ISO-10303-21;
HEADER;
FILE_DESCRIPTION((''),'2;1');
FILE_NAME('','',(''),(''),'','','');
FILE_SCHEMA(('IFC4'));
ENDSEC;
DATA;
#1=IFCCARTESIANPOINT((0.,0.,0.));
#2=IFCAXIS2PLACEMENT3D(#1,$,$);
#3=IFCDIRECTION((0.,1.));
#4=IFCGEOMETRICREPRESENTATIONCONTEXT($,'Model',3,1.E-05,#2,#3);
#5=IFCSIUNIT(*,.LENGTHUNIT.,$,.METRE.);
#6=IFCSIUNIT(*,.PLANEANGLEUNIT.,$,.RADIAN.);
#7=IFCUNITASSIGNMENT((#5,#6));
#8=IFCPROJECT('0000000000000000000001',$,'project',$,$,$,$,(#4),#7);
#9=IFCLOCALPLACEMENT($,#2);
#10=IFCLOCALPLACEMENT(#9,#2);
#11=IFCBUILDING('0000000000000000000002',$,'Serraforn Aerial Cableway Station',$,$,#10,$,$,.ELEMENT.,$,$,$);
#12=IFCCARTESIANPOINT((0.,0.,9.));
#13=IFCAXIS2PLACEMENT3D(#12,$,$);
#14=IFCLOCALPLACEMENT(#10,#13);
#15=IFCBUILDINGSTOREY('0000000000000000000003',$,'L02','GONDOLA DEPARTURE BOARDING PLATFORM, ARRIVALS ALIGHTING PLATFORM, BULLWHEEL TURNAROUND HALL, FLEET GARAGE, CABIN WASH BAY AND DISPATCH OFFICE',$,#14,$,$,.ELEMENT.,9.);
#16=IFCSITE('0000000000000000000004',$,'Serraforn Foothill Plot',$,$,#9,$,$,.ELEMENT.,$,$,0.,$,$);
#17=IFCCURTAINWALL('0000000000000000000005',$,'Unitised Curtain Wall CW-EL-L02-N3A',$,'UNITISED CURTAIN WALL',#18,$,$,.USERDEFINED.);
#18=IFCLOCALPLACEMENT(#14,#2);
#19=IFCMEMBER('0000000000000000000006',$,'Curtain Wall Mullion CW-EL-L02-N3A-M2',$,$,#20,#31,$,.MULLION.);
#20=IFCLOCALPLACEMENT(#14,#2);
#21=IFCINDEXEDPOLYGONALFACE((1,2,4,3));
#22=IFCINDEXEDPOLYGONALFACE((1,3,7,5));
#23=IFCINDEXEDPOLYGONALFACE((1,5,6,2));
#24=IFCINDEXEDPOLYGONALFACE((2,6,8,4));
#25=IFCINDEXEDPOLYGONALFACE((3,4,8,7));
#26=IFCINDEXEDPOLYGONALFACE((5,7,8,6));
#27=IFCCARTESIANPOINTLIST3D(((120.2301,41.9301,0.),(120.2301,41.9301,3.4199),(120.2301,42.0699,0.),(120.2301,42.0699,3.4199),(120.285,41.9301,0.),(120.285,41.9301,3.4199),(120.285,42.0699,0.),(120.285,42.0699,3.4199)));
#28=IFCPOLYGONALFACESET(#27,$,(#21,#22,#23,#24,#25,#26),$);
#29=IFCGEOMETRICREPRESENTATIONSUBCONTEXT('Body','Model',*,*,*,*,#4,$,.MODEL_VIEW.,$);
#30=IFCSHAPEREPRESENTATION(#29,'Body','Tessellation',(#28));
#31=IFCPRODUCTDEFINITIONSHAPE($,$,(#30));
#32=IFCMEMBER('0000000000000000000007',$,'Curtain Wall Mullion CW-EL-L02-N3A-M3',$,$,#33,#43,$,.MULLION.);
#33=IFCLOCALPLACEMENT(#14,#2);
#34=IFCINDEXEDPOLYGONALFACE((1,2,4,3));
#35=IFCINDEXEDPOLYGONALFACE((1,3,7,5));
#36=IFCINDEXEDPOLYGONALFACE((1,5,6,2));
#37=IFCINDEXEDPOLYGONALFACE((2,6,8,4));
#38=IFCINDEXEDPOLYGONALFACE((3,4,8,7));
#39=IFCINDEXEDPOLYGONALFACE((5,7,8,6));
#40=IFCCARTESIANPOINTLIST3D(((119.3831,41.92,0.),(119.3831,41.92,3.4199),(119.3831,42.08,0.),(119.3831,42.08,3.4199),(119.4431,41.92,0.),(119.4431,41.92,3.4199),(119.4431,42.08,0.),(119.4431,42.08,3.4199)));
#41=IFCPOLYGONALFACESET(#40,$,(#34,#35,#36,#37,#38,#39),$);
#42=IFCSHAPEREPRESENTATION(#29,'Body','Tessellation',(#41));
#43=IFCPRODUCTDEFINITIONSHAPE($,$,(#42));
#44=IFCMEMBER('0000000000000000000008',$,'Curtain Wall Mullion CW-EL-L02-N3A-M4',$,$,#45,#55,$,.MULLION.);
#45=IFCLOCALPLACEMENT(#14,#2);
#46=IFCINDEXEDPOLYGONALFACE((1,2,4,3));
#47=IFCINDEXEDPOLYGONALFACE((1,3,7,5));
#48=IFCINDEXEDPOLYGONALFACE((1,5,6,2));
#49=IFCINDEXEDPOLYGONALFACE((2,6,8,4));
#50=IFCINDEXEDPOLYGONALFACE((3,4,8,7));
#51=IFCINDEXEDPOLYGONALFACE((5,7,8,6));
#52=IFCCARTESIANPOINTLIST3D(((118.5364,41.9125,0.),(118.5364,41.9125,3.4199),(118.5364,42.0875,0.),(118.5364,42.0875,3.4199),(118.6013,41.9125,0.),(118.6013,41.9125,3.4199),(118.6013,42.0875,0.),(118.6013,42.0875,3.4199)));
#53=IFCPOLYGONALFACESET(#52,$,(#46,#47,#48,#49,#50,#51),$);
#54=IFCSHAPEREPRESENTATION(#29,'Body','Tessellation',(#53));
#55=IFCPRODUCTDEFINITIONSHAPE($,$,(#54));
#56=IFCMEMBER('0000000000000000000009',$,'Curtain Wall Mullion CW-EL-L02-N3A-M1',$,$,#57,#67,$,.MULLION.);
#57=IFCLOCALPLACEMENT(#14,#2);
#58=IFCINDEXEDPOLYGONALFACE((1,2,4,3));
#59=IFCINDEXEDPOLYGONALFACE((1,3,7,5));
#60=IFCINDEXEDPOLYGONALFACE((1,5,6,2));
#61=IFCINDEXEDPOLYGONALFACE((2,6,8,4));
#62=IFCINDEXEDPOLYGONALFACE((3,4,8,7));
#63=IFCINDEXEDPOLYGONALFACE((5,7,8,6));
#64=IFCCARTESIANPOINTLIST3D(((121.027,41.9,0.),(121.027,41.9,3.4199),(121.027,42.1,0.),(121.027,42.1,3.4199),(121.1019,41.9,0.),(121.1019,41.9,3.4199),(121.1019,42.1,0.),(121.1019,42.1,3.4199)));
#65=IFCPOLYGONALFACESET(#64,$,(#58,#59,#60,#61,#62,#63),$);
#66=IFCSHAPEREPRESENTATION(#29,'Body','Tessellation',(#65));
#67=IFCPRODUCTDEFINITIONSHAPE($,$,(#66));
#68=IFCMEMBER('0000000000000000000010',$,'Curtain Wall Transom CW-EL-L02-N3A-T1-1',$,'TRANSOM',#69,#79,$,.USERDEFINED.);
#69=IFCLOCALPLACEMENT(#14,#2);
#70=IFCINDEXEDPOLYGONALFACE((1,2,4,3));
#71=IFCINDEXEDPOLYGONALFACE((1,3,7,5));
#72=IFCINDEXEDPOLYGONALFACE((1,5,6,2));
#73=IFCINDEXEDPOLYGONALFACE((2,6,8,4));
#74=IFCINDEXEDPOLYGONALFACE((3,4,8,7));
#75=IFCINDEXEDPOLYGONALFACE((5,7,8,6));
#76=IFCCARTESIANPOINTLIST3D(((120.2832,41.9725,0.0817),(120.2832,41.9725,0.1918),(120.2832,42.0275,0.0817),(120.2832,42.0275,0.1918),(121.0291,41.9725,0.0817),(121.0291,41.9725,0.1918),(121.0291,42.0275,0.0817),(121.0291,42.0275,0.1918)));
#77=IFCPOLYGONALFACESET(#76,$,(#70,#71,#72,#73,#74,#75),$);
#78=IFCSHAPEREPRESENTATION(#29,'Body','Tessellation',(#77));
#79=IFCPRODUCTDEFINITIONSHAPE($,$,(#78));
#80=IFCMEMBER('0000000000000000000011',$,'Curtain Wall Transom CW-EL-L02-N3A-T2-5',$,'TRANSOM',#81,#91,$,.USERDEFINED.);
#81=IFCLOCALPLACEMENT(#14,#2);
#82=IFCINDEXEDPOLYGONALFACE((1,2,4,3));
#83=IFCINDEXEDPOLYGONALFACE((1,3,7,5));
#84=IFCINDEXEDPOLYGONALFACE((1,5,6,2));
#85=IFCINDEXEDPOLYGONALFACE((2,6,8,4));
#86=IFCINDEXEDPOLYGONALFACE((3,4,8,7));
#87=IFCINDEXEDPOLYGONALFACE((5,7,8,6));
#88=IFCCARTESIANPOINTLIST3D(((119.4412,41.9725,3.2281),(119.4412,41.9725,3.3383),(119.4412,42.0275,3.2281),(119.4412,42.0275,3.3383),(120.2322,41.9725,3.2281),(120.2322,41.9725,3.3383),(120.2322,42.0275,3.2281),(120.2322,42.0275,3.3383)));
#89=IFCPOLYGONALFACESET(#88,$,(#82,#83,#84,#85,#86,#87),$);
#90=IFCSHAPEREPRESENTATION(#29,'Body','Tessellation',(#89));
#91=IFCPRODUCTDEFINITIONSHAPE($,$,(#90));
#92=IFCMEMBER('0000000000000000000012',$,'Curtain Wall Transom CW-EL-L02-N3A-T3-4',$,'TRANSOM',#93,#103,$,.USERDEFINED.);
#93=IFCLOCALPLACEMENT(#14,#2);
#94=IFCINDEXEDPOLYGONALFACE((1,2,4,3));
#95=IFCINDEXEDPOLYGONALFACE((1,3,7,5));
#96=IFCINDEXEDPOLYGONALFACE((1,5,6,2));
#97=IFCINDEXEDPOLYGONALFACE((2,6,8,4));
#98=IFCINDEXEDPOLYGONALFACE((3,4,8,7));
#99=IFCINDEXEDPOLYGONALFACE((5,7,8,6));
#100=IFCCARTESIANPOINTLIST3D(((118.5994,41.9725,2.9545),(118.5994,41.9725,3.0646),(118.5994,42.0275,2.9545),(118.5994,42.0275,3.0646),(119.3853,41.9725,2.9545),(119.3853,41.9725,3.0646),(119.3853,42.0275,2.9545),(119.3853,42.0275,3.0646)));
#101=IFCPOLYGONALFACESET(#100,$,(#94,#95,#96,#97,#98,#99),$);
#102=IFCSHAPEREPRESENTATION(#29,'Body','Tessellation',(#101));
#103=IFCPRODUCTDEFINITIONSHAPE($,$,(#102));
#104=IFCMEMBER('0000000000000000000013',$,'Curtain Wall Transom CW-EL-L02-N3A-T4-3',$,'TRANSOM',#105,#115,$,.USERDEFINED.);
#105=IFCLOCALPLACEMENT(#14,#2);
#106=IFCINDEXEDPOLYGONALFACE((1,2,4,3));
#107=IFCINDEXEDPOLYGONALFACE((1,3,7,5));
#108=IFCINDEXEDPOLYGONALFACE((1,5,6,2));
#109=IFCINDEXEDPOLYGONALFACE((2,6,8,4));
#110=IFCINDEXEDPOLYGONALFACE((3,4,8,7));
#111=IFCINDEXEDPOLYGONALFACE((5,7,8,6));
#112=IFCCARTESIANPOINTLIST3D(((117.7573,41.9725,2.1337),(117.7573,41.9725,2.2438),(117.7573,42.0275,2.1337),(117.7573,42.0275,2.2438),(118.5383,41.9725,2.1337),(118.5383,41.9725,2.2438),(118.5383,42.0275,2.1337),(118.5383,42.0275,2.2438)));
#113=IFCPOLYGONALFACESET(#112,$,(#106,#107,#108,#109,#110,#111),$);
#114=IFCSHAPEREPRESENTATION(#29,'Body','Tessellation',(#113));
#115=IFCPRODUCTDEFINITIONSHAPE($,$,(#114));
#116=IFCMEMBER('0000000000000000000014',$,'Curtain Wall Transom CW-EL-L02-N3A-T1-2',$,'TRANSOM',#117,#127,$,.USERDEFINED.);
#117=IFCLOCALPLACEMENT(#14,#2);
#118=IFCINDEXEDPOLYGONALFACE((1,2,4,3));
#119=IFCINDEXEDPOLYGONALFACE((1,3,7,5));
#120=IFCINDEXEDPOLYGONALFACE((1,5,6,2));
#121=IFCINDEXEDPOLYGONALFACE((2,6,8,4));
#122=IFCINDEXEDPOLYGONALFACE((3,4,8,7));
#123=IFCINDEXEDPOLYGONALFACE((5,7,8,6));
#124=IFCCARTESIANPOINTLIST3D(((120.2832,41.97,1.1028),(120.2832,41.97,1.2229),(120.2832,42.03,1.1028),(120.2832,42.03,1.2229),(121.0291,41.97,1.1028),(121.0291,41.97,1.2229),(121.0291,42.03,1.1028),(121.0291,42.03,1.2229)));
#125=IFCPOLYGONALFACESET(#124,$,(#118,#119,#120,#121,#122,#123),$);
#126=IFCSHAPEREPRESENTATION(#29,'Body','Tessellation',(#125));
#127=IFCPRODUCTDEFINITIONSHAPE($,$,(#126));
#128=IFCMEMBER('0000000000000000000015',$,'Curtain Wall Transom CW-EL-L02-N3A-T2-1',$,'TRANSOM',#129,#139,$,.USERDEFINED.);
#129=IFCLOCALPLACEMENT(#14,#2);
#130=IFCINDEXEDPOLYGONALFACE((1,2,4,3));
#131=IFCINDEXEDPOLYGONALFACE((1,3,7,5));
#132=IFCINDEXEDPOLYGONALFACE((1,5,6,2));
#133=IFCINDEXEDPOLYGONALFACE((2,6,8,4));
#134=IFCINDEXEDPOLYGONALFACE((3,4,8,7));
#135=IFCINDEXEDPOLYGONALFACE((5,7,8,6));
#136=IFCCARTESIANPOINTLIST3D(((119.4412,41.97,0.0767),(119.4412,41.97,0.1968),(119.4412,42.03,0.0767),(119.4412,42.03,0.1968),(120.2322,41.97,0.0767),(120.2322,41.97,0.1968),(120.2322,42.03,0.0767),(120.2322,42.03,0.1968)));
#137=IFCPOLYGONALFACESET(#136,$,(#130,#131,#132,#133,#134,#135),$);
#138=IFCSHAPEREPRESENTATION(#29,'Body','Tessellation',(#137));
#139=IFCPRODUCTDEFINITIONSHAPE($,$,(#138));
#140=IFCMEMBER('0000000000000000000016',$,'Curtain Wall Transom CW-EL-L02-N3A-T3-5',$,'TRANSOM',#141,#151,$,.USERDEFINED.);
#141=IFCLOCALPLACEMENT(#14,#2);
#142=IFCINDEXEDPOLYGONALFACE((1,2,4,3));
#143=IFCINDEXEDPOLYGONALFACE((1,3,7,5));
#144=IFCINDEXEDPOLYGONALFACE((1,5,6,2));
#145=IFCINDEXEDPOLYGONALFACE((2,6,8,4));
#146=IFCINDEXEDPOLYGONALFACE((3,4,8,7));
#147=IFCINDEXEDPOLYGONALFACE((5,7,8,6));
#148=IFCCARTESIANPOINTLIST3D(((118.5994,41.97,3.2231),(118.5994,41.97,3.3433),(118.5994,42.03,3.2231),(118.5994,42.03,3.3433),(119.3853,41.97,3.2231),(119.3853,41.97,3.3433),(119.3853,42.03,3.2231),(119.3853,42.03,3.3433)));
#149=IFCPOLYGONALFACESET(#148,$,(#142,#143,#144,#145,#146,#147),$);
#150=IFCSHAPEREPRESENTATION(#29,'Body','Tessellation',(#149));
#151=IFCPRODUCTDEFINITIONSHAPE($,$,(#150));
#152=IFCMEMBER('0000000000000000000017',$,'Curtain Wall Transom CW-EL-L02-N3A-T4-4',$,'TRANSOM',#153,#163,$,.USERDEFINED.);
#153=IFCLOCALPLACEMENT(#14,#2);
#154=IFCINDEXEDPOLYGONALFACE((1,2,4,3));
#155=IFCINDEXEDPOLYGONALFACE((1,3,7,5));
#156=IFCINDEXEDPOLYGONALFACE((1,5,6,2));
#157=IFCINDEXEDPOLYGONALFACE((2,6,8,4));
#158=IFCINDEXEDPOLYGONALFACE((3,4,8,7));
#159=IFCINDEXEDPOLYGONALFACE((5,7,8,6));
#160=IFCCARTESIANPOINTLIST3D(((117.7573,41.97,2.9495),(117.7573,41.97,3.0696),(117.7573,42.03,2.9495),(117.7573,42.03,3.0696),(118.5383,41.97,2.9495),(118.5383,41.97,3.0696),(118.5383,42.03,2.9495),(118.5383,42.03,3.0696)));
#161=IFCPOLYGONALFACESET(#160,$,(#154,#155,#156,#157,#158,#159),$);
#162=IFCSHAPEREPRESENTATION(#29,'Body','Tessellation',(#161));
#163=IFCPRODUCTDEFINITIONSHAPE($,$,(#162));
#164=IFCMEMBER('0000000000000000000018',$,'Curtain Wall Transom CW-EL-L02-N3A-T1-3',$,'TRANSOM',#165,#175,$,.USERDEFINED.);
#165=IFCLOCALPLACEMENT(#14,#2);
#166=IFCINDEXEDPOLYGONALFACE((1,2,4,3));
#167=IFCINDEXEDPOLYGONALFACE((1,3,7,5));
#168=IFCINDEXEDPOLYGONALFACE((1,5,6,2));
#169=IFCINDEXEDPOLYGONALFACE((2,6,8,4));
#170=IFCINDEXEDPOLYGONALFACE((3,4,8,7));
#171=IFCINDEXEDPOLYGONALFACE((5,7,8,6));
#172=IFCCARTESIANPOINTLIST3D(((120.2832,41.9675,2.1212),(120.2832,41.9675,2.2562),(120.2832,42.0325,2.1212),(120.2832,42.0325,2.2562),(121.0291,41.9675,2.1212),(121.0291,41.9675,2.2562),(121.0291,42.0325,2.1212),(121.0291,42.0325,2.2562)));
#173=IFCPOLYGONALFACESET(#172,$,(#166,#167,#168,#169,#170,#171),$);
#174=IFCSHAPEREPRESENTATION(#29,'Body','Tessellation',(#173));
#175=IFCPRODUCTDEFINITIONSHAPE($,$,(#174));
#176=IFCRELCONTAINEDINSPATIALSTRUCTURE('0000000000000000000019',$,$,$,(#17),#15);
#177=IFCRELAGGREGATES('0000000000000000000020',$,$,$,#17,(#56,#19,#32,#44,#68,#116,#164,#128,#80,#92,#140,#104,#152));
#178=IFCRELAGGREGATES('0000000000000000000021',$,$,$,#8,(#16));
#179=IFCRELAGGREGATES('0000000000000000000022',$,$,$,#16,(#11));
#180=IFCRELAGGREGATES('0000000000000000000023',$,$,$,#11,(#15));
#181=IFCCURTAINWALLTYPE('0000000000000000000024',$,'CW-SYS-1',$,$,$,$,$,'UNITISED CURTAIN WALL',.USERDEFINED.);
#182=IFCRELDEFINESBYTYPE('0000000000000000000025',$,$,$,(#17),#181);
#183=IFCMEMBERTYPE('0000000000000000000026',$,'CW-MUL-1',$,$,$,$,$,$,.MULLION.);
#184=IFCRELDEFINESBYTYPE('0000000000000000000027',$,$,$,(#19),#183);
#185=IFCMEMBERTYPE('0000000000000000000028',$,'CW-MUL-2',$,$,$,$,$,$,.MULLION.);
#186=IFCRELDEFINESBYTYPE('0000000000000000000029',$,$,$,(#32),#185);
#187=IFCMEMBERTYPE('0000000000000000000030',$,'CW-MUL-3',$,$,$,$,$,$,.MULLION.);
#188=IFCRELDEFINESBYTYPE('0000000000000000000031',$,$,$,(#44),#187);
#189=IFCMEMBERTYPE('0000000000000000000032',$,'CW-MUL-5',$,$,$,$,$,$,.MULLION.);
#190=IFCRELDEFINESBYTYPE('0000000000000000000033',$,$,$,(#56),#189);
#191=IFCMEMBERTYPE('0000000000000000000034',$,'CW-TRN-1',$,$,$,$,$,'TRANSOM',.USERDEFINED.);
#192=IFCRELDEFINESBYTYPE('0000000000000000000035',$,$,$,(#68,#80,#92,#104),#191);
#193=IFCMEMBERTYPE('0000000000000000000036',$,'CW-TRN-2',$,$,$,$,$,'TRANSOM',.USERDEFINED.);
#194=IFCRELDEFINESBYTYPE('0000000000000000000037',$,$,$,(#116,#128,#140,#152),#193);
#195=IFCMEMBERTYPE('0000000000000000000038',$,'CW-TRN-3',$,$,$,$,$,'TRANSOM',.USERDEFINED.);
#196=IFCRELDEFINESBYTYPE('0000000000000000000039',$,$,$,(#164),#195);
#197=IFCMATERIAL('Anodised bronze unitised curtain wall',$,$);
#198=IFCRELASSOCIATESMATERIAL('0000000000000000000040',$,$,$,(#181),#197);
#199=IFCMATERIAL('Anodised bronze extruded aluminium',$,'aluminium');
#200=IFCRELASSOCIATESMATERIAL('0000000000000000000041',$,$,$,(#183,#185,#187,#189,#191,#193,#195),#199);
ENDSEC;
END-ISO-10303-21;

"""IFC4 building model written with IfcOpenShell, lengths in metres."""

from ifc_helpers import new_model, si_unit, direction, frame, origin, origin_2d, place, context, subcontext, project, spatial, rectangle, extrude, material, material_profile, profile_set, type_object, element, aggregate, save


model = new_model("IFC4")

# Units and contexts
model_context = context("Model", 3, precision=1e-05, world=origin(), true_north=direction((0.0, 1.0)))
body_context = subcontext(model_context, "Body", "Model", "MODEL_VIEW")
ifc_project = project(units=[si_unit("LENGTHUNIT", "METRE"), si_unit("PLANEANGLEUNIT", "RADIAN")], contexts=[model_context])

# Site, building, storey
site_placement = place(None, origin())
site = spatial("IfcSite", under=ifc_project, at=site_placement, Name="Serraforn Foothill Plot", CompositionType="ELEMENT", RefElevation=0.0)
building_placement = place(site_placement, origin())
building = spatial("IfcBuilding", under=site, at=building_placement, Name="Serraforn Aerial Cableway Station", CompositionType="ELEMENT")
storey_placement = place(building_placement, frame((0.0, 0.0, 9.0)))
storey = spatial("IfcBuildingStorey", under=building, at=storey_placement, Name="L02", Description="GONDOLA DEPARTURE BOARDING PLATFORM, ARRIVALS ALIGHTING PLATFORM, BULLWHEEL TURNAROUND HALL, FLEET GARAGE, CABIN WASH BAY AND DISPATCH OFFICE", CompositionType="ELEMENT", Elevation=9.0)

# Curtain wall, members
ifc_material_1 = material(Name="Anodised bronze unitised curtain wall")
curtain_wall_type = type_object("IfcCurtainWallType", Name="CW-SYS-1", ElementType="UNITISED CURTAIN WALL", PredefinedType="USERDEFINED", material=ifc_material_1)
curtain_wall_placement = place(storey_placement, origin())
curtain_wall = element("IfcCurtainWall", 1, at=curtain_wall_placement, inside=storey, type_object=curtain_wall_type, Name="Unitised Curtain Wall CW-EL-L02-N3A", ObjectType="UNITISED CURTAIN WALL", PredefinedType="USERDEFINED")
ifc_material_2 = material(Name="Anodised bronze extruded aluminium", Category="aluminium")
ifc_material_profile_1 = material_profile(ifc_material_2, rectangle(XDim=0.0549, YDim=0.1399, at=origin_2d()), Name="CW MULLION 55x140")
ifc_profile_set_1 = profile_set([ifc_material_profile_1], Name="Anodised bronze extruded aluminium")
member_type_1 = type_object("IfcMemberType", Name="CW-MUL-1", PredefinedType="MULLION", material=ifc_profile_set_1)
member_1_placement = place(storey_placement, frame((120.2576, 42.0, 0.0), z_axis=(0.0, 0.0, 1.0), x_axis=(-1.0, 0.0, 0.0)))
member_1 = element("IfcMember", 2, at=member_1_placement, type_object=member_type_1, Name="Curtain Wall Mullion CW-EL-L02-N3A-M2", PredefinedType="MULLION", context=body_context, shape_type="SweptSolid", body=[
    extrude(rectangle(XDim=0.0549, YDim=0.1399, at=origin_2d()), origin(), (0.0, 0.0, 1.0), 3.4199),
])
ifc_material_profile_2 = material_profile(ifc_material_2, rectangle(XDim=0.0601, YDim=0.1599, at=origin_2d()), Name="CW MULLION 60x160")
ifc_profile_set_2 = profile_set([ifc_material_profile_2], Name="Anodised bronze extruded aluminium")
member_type_2 = type_object("IfcMemberType", Name="CW-MUL-2", PredefinedType="MULLION", material=ifc_profile_set_2)
member_2_placement = place(storey_placement, frame((119.4131, 42.0, 0.0), z_axis=(0.0, 0.0, 1.0), x_axis=(-1.0, 0.0, 0.0)))
member_2 = element("IfcMember", 3, at=member_2_placement, type_object=member_type_2, Name="Curtain Wall Mullion CW-EL-L02-N3A-M3", PredefinedType="MULLION", context=body_context, shape_type="SweptSolid", body=[
    extrude(rectangle(XDim=0.0601, YDim=0.1599, at=origin_2d()), origin(), (0.0, 0.0, 1.0), 3.4199),
])
ifc_material_profile_3 = material_profile(ifc_material_2, rectangle(XDim=0.0649, YDim=0.175, at=origin_2d()), Name="CW MULLION 65x175")
ifc_profile_set_3 = profile_set([ifc_material_profile_3], Name="Anodised bronze extruded aluminium")
member_type_3 = type_object("IfcMemberType", Name="CW-MUL-3", PredefinedType="MULLION", material=ifc_profile_set_3)
member_3_placement = place(storey_placement, frame((118.5688, 42.0, 0.0), z_axis=(0.0, 0.0, 1.0), x_axis=(-1.0, 0.0, 0.0)))
member_3 = element("IfcMember", 4, at=member_3_placement, type_object=member_type_3, Name="Curtain Wall Mullion CW-EL-L02-N3A-M4", PredefinedType="MULLION", context=body_context, shape_type="SweptSolid", body=[
    extrude(rectangle(XDim=0.0649, YDim=0.175, at=origin_2d()), origin(), (0.0, 0.0, 1.0), 3.4199),
])
ifc_material_profile_4 = material_profile(ifc_material_2, rectangle(XDim=0.075, YDim=0.2, at=origin_2d()), Name="CW MULLION 75x200")
ifc_profile_set_4 = profile_set([ifc_material_profile_4], Name="Anodised bronze extruded aluminium")
member_type_4 = type_object("IfcMemberType", Name="CW-MUL-5", PredefinedType="MULLION", material=ifc_profile_set_4)
member_4_placement = place(storey_placement, frame((121.0645, 42.0, 0.0), z_axis=(0.0, 0.0, 1.0), x_axis=(-1.0, 0.0, 0.0)))
member_4 = element("IfcMember", 5, at=member_4_placement, type_object=member_type_4, Name="Curtain Wall Mullion CW-EL-L02-N3A-M1", PredefinedType="MULLION", context=body_context, shape_type="SweptSolid", body=[
    extrude(rectangle(XDim=0.075, YDim=0.2, at=origin_2d()), origin(), (0.0, 0.0, 1.0), 3.4199),
])
ifc_material_profile_5 = material_profile(ifc_material_2, rectangle(XDim=0.0549, YDim=0.1101, at=origin_2d()), Name="CW TRANSOM 55x110")
ifc_profile_set_5 = profile_set([ifc_material_profile_5], Name="Anodised bronze extruded aluminium")
member_type_5 = type_object("IfcMemberType", Name="CW-TRN-1", ElementType="TRANSOM", PredefinedType="USERDEFINED", material=ifc_profile_set_5)
member_5_placement = place(storey_placement, frame((121.0291, 42.0, 0.1367), z_axis=(-1.0, 0.0, 0.0), x_axis=(0.0, -1.0, 0.0)))
member_5 = element("IfcMember", 6, at=member_5_placement, type_object=member_type_5, Name="Curtain Wall Transom CW-EL-L02-N3A-T1-1", ObjectType="TRANSOM", PredefinedType="USERDEFINED", context=body_context, shape_type="SweptSolid", body=[
    extrude(rectangle(XDim=0.0549, YDim=0.1101, at=origin_2d()), origin(), (0.0, 0.0, 1.0), 0.7458),
])
member_6_placement = place(storey_placement, frame((120.2322, 42.0, 3.2832), z_axis=(-1.0, 0.0, 0.0), x_axis=(0.0, -1.0, 0.0)))
member_6 = element("IfcMember", 7, at=member_6_placement, type_object=member_type_5, Name="Curtain Wall Transom CW-EL-L02-N3A-T2-5", ObjectType="TRANSOM", PredefinedType="USERDEFINED", context=body_context, shape_type="SweptSolid", body=[
    extrude(rectangle(XDim=0.0549, YDim=0.1101, at=origin_2d()), origin(), (0.0, 0.0, 1.0), 0.791),
])
member_7_placement = place(storey_placement, frame((119.3853, 42.0, 3.0095), z_axis=(-1.0, 0.0, 0.0), x_axis=(0.0, -1.0, 0.0)))
member_7 = element("IfcMember", 8, at=member_7_placement, type_object=member_type_5, Name="Curtain Wall Transom CW-EL-L02-N3A-T3-4", ObjectType="TRANSOM", PredefinedType="USERDEFINED", context=body_context, shape_type="SweptSolid", body=[
    extrude(rectangle(XDim=0.0549, YDim=0.1101, at=origin_2d()), origin(), (0.0, 0.0, 1.0), 0.7859),
])
member_8_placement = place(storey_placement, frame((118.5383, 42.0, 2.1887), z_axis=(-1.0, 0.0, 0.0), x_axis=(0.0, -1.0, 0.0)))
member_8 = element("IfcMember", 9, at=member_8_placement, type_object=member_type_5, Name="Curtain Wall Transom CW-EL-L02-N3A-T4-3", ObjectType="TRANSOM", PredefinedType="USERDEFINED", context=body_context, shape_type="SweptSolid", body=[
    extrude(rectangle(XDim=0.0549, YDim=0.1101, at=origin_2d()), origin(), (0.0, 0.0, 1.0), 0.781),
])
ifc_material_profile_6 = material_profile(ifc_material_2, rectangle(XDim=0.0601, YDim=0.1201, at=origin_2d()), Name="CW TRANSOM 60x120")
ifc_profile_set_6 = profile_set([ifc_material_profile_6], Name="Anodised bronze extruded aluminium")
member_type_6 = type_object("IfcMemberType", Name="CW-TRN-2", ElementType="TRANSOM", PredefinedType="USERDEFINED", material=ifc_profile_set_6)
member_9_placement = place(storey_placement, frame((121.0291, 42.0, 1.1628), z_axis=(-1.0, 0.0, 0.0), x_axis=(0.0, -1.0, 0.0)))
member_9 = element("IfcMember", 10, at=member_9_placement, type_object=member_type_6, Name="Curtain Wall Transom CW-EL-L02-N3A-T1-2", ObjectType="TRANSOM", PredefinedType="USERDEFINED", context=body_context, shape_type="SweptSolid", body=[
    extrude(rectangle(XDim=0.0601, YDim=0.1201, at=origin_2d()), origin(), (0.0, 0.0, 1.0), 0.7458),
])
member_10_placement = place(storey_placement, frame((120.2322, 42.0, 0.1367), z_axis=(-1.0, 0.0, 0.0), x_axis=(0.0, -1.0, 0.0)))
member_10 = element("IfcMember", 11, at=member_10_placement, type_object=member_type_6, Name="Curtain Wall Transom CW-EL-L02-N3A-T2-1", ObjectType="TRANSOM", PredefinedType="USERDEFINED", context=body_context, shape_type="SweptSolid", body=[
    extrude(rectangle(XDim=0.0601, YDim=0.1201, at=origin_2d()), origin(), (0.0, 0.0, 1.0), 0.791),
])
member_11_placement = place(storey_placement, frame((119.3853, 42.0, 3.2832), z_axis=(-1.0, 0.0, 0.0), x_axis=(0.0, -1.0, 0.0)))
member_11 = element("IfcMember", 12, at=member_11_placement, type_object=member_type_6, Name="Curtain Wall Transom CW-EL-L02-N3A-T3-5", ObjectType="TRANSOM", PredefinedType="USERDEFINED", context=body_context, shape_type="SweptSolid", body=[
    extrude(rectangle(XDim=0.0601, YDim=0.1201, at=origin_2d()), origin(), (0.0, 0.0, 1.0), 0.7859),
])
member_12_placement = place(storey_placement, frame((118.5383, 42.0, 3.0095), z_axis=(-1.0, 0.0, 0.0), x_axis=(0.0, -1.0, 0.0)))
member_12 = element("IfcMember", 13, at=member_12_placement, type_object=member_type_6, Name="Curtain Wall Transom CW-EL-L02-N3A-T4-4", ObjectType="TRANSOM", PredefinedType="USERDEFINED", context=body_context, shape_type="SweptSolid", body=[
    extrude(rectangle(XDim=0.0601, YDim=0.1201, at=origin_2d()), origin(), (0.0, 0.0, 1.0), 0.781),
])
ifc_material_profile_7 = material_profile(ifc_material_2, rectangle(XDim=0.0649, YDim=0.135, at=origin_2d()), Name="CW TRANSOM 65x135")
ifc_profile_set_7 = profile_set([ifc_material_profile_7], Name="Anodised bronze extruded aluminium")
member_type_7 = type_object("IfcMemberType", Name="CW-TRN-3", ElementType="TRANSOM", PredefinedType="USERDEFINED", material=ifc_profile_set_7)
member_13_placement = place(storey_placement, frame((121.0291, 42.0, 2.1887), z_axis=(-1.0, 0.0, 0.0), x_axis=(0.0, -1.0, 0.0)))
member_13 = element("IfcMember", 14, at=member_13_placement, type_object=member_type_7, Name="Curtain Wall Transom CW-EL-L02-N3A-T1-3", ObjectType="TRANSOM", PredefinedType="USERDEFINED", context=body_context, shape_type="SweptSolid", body=[
    extrude(rectangle(XDim=0.0649, YDim=0.135, at=origin_2d()), origin(), (0.0, 0.0, 1.0), 0.7458),
])
aggregate(curtain_wall, [member_4, member_1, member_2, member_3, member_5, member_9, member_13, member_10, member_6, member_7, member_11, member_8, member_12])

save(model, "model.ifc")
